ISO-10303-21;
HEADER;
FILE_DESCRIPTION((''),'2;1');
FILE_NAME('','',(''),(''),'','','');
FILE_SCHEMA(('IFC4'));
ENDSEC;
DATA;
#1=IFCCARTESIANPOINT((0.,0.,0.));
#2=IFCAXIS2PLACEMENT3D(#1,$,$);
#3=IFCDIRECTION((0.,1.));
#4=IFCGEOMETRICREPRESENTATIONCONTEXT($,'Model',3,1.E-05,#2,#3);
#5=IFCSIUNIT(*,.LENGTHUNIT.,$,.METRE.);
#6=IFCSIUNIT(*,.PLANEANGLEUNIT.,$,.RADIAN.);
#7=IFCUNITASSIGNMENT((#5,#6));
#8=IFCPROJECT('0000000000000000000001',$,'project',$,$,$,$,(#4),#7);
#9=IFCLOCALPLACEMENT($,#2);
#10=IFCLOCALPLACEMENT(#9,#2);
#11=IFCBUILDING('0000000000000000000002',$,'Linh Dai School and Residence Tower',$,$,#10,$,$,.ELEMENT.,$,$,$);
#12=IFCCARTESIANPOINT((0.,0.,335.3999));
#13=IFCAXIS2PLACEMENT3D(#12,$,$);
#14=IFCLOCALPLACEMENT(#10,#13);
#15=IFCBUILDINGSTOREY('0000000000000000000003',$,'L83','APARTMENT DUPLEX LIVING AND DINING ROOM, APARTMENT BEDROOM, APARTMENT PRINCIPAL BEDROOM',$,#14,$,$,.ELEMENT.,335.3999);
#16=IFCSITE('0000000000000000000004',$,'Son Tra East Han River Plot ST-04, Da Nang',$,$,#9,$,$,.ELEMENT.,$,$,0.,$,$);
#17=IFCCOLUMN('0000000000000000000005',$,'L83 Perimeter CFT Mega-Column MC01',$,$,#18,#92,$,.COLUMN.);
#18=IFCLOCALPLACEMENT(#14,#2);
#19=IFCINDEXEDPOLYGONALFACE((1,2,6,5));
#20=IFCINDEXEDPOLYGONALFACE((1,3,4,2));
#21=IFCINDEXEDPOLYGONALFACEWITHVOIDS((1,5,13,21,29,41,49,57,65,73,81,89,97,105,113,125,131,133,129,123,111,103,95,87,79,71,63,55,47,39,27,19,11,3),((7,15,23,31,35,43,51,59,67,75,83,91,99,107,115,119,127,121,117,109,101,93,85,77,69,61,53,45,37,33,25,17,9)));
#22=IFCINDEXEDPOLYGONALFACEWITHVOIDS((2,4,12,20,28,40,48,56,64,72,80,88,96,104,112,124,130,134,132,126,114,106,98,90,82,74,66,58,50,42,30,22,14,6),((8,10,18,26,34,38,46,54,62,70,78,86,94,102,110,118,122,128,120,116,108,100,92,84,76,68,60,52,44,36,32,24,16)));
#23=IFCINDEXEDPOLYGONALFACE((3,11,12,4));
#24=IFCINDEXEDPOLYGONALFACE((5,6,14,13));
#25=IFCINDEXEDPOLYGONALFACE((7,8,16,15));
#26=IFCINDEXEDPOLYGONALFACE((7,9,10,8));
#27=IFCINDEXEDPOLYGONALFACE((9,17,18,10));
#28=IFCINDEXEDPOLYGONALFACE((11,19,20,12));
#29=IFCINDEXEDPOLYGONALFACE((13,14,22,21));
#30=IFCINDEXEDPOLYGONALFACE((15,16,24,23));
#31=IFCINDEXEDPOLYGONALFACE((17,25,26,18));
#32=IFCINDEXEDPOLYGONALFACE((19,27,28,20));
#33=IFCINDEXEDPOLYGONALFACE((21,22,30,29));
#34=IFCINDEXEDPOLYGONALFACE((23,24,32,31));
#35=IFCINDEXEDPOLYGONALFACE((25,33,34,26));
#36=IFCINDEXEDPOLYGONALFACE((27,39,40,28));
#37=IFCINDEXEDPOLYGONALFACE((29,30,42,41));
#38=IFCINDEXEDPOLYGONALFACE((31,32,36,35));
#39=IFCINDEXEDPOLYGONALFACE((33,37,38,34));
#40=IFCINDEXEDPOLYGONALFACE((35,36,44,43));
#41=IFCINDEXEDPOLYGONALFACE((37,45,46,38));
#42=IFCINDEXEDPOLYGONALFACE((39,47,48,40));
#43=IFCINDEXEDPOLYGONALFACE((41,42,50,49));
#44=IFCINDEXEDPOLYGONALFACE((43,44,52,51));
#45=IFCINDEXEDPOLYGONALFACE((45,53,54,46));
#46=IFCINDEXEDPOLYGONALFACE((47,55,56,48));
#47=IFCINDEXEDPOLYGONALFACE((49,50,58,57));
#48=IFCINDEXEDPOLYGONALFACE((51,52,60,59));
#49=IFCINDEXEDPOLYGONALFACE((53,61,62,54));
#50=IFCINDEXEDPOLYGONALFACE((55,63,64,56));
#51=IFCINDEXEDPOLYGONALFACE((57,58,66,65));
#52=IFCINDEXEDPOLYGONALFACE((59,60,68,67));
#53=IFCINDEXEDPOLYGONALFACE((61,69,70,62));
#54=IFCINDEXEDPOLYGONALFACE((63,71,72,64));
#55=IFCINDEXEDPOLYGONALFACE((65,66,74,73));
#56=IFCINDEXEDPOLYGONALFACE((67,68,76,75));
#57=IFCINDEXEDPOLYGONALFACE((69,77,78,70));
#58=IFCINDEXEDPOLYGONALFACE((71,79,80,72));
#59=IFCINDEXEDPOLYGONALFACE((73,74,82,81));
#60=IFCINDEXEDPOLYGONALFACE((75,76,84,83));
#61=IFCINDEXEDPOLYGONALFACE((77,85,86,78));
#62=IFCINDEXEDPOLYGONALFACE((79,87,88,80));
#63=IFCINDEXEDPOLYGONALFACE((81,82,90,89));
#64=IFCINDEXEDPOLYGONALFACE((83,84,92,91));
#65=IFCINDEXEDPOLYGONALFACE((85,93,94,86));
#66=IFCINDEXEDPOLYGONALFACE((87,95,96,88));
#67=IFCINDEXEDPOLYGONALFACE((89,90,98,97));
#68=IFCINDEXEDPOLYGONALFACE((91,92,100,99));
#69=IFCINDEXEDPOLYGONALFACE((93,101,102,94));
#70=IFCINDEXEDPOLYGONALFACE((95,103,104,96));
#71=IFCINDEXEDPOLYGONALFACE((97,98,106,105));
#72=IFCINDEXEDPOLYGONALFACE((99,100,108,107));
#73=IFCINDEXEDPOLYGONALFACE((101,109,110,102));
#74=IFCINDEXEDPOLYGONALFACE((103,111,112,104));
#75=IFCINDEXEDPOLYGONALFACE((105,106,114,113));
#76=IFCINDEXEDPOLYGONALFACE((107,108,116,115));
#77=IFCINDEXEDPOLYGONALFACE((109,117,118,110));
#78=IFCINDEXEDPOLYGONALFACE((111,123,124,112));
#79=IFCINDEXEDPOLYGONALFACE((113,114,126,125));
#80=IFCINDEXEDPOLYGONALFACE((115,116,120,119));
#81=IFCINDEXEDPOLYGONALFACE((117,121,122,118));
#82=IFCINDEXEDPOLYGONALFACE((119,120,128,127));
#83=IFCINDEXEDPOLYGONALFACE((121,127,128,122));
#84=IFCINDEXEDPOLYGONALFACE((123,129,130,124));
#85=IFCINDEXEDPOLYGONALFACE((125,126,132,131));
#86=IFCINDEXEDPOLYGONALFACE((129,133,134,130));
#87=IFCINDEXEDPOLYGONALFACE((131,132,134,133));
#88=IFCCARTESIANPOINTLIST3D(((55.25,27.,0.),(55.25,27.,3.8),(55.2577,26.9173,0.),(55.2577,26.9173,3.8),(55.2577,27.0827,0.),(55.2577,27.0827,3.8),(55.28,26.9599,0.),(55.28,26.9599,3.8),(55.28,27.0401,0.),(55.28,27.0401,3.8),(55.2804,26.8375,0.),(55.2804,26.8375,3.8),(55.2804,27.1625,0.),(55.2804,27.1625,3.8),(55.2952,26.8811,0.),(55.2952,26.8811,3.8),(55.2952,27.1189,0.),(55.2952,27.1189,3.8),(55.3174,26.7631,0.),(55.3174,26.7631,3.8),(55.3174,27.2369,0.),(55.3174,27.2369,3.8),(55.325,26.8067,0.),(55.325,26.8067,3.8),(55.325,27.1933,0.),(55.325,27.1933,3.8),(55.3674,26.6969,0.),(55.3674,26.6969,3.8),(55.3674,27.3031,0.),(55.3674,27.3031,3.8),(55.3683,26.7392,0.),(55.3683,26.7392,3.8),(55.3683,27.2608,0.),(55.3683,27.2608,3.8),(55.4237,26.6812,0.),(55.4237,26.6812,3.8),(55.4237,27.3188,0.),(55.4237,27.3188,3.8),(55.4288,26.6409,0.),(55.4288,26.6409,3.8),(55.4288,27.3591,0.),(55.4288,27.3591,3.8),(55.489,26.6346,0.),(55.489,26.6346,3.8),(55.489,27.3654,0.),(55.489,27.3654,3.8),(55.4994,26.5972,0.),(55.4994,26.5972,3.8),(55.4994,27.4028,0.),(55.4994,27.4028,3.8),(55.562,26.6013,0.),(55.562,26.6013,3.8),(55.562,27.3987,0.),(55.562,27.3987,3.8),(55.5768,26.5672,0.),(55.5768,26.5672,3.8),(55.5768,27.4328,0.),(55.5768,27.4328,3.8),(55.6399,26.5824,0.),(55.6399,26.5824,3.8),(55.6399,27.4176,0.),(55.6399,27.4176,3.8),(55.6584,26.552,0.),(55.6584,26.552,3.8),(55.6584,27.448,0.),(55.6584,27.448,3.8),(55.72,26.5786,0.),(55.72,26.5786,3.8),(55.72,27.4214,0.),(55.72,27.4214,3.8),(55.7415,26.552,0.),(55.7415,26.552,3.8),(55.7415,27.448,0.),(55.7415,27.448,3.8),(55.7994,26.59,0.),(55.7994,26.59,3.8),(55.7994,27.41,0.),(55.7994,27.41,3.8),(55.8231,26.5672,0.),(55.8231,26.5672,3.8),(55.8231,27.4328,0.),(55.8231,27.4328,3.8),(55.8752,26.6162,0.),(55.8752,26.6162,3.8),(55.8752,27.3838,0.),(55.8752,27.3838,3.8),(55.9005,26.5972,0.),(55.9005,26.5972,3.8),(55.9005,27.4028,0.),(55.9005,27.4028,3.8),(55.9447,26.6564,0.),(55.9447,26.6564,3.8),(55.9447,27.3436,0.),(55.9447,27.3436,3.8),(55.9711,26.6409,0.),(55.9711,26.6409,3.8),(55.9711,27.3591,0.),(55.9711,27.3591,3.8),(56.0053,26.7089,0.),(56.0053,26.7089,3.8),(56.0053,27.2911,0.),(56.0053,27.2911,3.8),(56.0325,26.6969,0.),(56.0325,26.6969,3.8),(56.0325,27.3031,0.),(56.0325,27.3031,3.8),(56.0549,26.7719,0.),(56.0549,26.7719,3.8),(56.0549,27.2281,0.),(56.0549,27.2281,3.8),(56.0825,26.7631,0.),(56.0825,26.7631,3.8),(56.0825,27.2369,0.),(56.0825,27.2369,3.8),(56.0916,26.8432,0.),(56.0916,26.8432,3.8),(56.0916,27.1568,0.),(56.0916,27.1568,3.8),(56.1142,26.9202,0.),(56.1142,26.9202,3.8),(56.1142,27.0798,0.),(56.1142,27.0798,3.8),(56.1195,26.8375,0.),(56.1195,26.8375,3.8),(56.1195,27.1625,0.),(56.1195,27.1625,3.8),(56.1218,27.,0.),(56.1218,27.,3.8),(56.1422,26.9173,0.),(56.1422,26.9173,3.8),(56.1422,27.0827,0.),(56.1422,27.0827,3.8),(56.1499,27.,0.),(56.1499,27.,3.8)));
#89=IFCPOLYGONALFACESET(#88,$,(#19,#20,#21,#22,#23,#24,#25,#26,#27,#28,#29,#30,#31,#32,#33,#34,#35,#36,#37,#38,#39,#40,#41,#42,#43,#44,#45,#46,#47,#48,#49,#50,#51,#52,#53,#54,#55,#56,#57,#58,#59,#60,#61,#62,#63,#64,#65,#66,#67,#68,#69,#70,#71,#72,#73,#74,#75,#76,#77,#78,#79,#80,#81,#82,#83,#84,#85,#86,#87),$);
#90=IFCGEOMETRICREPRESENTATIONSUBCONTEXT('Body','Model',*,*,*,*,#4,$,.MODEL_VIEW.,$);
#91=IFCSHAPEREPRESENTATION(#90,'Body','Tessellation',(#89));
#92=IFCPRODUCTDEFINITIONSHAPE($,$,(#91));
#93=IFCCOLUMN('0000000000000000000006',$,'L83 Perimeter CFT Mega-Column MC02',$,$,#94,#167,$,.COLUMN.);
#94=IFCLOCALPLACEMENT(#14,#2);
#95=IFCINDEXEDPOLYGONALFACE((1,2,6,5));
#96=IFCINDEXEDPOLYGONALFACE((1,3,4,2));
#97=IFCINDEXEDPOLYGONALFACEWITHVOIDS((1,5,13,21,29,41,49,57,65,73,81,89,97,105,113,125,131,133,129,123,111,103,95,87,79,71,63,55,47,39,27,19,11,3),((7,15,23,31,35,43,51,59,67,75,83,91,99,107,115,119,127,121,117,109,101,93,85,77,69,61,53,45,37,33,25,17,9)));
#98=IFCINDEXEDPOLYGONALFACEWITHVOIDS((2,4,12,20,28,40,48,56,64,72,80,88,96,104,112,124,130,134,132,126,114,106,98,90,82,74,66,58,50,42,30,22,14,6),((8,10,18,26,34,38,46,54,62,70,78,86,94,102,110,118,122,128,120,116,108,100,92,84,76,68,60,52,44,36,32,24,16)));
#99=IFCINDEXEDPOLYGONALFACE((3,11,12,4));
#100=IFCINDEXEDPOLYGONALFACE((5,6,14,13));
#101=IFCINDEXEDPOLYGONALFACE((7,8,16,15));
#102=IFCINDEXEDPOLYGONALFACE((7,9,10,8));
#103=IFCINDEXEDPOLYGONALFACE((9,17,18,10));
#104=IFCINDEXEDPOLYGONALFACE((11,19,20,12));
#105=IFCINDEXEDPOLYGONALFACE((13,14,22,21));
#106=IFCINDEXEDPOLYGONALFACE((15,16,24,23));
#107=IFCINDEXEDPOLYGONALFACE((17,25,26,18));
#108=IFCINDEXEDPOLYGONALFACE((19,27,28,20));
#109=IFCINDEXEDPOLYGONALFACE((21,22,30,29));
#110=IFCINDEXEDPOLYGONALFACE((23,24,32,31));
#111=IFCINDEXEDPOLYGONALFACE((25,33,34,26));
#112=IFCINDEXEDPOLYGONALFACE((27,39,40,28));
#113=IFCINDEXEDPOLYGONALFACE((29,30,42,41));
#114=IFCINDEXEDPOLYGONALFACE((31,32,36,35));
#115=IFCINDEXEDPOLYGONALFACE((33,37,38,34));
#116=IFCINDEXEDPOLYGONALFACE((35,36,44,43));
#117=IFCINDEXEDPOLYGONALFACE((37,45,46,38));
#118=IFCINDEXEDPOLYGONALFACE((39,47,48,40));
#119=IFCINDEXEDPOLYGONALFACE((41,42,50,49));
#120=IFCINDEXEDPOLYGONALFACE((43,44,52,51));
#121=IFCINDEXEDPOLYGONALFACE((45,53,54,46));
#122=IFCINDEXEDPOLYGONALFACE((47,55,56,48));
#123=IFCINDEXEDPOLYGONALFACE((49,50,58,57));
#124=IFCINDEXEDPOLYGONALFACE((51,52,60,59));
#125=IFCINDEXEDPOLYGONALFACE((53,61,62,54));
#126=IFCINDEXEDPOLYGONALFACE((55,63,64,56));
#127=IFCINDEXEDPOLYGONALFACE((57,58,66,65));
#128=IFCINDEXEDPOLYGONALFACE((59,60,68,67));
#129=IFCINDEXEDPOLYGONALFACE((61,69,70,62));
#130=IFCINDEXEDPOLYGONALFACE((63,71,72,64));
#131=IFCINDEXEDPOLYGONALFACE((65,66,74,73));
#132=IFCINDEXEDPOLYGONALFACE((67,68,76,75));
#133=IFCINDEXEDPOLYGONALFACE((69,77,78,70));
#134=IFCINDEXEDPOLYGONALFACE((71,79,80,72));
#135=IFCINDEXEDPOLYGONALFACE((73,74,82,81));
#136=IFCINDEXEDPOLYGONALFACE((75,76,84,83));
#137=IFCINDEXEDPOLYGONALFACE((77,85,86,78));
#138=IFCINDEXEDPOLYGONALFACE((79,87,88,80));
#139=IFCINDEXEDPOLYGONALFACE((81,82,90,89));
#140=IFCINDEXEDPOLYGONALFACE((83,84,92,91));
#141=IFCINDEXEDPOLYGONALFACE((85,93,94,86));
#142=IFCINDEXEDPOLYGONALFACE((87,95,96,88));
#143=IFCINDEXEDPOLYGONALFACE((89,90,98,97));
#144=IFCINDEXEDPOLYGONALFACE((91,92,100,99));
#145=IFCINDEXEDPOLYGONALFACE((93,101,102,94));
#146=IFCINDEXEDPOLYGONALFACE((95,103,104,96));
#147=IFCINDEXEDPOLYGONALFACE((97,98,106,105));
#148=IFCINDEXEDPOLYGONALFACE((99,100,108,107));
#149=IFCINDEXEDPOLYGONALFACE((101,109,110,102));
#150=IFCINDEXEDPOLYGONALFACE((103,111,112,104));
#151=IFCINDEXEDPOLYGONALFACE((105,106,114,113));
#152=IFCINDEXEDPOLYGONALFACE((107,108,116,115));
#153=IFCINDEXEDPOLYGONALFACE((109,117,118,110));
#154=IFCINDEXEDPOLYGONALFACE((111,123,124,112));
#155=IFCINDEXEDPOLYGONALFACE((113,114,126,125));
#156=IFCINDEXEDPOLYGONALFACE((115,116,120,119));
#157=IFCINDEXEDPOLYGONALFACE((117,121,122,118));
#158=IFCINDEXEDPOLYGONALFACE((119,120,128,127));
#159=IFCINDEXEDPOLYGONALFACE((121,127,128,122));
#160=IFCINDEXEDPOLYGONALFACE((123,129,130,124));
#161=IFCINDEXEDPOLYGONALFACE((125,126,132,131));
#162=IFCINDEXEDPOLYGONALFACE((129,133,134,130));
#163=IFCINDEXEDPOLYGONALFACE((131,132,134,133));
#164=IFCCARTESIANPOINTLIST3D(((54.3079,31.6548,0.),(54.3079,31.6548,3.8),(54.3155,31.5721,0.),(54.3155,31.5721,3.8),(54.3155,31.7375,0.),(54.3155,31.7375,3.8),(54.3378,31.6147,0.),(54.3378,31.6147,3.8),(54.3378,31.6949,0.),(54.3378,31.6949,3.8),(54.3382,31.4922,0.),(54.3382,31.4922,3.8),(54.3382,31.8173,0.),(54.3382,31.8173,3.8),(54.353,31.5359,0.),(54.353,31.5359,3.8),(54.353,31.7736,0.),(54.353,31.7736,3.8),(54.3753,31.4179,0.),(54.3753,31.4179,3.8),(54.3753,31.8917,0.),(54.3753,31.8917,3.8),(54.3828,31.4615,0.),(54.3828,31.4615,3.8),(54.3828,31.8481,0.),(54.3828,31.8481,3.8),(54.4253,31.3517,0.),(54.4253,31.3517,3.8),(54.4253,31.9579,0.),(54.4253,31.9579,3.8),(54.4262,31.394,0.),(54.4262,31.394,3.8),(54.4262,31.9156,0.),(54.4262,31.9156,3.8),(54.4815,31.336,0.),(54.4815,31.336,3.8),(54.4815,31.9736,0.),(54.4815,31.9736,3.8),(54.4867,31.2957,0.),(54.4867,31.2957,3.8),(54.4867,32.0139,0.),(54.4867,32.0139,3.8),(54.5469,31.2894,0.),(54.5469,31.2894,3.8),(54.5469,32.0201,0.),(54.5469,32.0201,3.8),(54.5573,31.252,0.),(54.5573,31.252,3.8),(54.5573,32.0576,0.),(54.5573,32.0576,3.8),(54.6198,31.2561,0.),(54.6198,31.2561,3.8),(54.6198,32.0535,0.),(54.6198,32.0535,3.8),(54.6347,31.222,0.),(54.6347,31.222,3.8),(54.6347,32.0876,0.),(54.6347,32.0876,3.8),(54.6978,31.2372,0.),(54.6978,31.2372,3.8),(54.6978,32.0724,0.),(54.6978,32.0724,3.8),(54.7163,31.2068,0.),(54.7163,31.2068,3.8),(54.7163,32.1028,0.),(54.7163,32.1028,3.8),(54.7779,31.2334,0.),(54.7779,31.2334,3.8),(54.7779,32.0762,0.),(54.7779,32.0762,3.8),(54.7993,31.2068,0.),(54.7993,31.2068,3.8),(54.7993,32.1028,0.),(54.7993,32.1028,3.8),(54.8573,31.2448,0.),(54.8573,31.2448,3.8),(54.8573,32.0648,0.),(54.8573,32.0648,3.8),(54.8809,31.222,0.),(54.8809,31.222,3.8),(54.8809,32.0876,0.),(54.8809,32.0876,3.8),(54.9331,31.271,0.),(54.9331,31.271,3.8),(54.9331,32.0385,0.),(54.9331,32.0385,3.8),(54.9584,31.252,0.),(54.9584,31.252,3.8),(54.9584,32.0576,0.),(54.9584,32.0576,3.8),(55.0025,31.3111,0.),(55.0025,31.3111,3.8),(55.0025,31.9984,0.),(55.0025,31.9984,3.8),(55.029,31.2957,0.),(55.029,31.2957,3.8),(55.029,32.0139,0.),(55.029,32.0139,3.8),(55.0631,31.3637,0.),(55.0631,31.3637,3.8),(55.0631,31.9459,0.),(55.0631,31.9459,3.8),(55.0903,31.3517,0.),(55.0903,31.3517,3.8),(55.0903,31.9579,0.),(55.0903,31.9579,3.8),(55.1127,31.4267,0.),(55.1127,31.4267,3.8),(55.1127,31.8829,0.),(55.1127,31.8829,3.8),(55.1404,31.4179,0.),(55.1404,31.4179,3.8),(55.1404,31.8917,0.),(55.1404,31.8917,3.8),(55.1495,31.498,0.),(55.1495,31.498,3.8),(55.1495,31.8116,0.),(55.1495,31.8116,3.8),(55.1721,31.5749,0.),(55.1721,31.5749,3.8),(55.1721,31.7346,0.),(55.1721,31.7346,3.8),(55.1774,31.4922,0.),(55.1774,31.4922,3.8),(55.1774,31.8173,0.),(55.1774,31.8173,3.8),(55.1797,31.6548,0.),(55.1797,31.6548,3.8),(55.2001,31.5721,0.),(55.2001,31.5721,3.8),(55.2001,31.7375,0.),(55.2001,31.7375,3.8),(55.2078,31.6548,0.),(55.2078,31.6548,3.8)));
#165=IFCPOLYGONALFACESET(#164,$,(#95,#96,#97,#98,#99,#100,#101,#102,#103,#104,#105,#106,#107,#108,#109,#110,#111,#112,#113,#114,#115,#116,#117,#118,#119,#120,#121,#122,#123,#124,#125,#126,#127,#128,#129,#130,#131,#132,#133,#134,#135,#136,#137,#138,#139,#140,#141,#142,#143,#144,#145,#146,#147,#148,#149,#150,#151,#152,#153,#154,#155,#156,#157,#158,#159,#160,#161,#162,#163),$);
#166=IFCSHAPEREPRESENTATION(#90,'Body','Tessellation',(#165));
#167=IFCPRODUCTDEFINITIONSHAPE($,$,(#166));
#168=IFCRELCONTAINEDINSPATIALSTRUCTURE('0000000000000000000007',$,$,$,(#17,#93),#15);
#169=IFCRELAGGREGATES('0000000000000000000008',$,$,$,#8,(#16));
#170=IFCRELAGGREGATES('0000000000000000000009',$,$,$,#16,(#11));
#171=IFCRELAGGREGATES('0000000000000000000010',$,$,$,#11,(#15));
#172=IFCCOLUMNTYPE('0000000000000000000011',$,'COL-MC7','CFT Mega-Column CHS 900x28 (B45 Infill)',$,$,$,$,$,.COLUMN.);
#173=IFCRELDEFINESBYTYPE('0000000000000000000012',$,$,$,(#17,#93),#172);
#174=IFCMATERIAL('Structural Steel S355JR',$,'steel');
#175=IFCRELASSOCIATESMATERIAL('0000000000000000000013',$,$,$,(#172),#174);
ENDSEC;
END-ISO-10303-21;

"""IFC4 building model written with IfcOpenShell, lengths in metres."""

from ifc_helpers import new_model, si_unit, direction, frame, origin, origin_2d, place, context, subcontext, project, spatial, hollow_circle, extrude, material, material_profile, profile_set, type_object, element, save


model = new_model("IFC4")

# Units and contexts
model_context = context("Model", 3, precision=1e-05, world=origin(), true_north=direction((0.0, 1.0)))
body_context = subcontext(model_context, "Body", "Model", "MODEL_VIEW")
ifc_project = project(units=[si_unit("LENGTHUNIT", "METRE"), si_unit("PLANEANGLEUNIT", "RADIAN")], contexts=[model_context])

# Site, building, storey
site_placement = place(None, origin())
site = spatial("IfcSite", under=ifc_project, at=site_placement, Name="Son Tra East Han River Plot ST-04, Da Nang", CompositionType="ELEMENT", RefElevation=0.0)
building_placement = place(site_placement, origin())
building = spatial("IfcBuilding", under=site, at=building_placement, Name="Linh Dai School and Residence Tower", CompositionType="ELEMENT")
storey_placement = place(building_placement, frame((0.0, 0.0, 335.3999)))
storey = spatial("IfcBuildingStorey", under=building, at=storey_placement, Name="L83", Description="APARTMENT DUPLEX LIVING AND DINING ROOM, APARTMENT BEDROOM, APARTMENT PRINCIPAL BEDROOM", CompositionType="ELEMENT", Elevation=335.3999)

# Columns
ifc_material_1 = material(Name="Structural Steel S355JR", Category="steel")
ifc_material_profile_1 = material_profile(ifc_material_1, hollow_circle(Radius=0.45, WallThickness=0.0281, at=origin_2d()), Name="CHS 900x28")
ifc_profile_set_1 = profile_set([ifc_material_profile_1], Name="Structural Steel S355JR")
column_type_1 = type_object("IfcColumnType", Name="COL-MC7", Description="CFT Mega-Column CHS 900x28 (B45 Infill)", PredefinedType="COLUMN", material=ifc_profile_set_1)
for number, where, z_axis, x_axis, name in (
    (1, (55.7, 27.0, 0.0), (0.0, 0.0, 1.0), (1.0, 0.0, 0.0), "L83 Perimeter CFT Mega-Column MC01"),
    (2, (54.7578, 31.6548, 0.0), (0.0, 0.0, 1.0), (1.0, 0.0, 0.0), "L83 Perimeter CFT Mega-Column MC02"),
):
    element("IfcColumn", number, at=place(storey_placement, frame(where, z_axis=z_axis, x_axis=x_axis)), inside=storey, type_object=column_type_1, Name=name, PredefinedType="COLUMN", context=body_context, shape_type="SweptSolid", body=[
        extrude(hollow_circle(Radius=0.45, WallThickness=0.0281, at=origin_2d()), origin(), (0.0, 0.0, 1.0), 3.8),
    ])

save(model, "model.ifc")
